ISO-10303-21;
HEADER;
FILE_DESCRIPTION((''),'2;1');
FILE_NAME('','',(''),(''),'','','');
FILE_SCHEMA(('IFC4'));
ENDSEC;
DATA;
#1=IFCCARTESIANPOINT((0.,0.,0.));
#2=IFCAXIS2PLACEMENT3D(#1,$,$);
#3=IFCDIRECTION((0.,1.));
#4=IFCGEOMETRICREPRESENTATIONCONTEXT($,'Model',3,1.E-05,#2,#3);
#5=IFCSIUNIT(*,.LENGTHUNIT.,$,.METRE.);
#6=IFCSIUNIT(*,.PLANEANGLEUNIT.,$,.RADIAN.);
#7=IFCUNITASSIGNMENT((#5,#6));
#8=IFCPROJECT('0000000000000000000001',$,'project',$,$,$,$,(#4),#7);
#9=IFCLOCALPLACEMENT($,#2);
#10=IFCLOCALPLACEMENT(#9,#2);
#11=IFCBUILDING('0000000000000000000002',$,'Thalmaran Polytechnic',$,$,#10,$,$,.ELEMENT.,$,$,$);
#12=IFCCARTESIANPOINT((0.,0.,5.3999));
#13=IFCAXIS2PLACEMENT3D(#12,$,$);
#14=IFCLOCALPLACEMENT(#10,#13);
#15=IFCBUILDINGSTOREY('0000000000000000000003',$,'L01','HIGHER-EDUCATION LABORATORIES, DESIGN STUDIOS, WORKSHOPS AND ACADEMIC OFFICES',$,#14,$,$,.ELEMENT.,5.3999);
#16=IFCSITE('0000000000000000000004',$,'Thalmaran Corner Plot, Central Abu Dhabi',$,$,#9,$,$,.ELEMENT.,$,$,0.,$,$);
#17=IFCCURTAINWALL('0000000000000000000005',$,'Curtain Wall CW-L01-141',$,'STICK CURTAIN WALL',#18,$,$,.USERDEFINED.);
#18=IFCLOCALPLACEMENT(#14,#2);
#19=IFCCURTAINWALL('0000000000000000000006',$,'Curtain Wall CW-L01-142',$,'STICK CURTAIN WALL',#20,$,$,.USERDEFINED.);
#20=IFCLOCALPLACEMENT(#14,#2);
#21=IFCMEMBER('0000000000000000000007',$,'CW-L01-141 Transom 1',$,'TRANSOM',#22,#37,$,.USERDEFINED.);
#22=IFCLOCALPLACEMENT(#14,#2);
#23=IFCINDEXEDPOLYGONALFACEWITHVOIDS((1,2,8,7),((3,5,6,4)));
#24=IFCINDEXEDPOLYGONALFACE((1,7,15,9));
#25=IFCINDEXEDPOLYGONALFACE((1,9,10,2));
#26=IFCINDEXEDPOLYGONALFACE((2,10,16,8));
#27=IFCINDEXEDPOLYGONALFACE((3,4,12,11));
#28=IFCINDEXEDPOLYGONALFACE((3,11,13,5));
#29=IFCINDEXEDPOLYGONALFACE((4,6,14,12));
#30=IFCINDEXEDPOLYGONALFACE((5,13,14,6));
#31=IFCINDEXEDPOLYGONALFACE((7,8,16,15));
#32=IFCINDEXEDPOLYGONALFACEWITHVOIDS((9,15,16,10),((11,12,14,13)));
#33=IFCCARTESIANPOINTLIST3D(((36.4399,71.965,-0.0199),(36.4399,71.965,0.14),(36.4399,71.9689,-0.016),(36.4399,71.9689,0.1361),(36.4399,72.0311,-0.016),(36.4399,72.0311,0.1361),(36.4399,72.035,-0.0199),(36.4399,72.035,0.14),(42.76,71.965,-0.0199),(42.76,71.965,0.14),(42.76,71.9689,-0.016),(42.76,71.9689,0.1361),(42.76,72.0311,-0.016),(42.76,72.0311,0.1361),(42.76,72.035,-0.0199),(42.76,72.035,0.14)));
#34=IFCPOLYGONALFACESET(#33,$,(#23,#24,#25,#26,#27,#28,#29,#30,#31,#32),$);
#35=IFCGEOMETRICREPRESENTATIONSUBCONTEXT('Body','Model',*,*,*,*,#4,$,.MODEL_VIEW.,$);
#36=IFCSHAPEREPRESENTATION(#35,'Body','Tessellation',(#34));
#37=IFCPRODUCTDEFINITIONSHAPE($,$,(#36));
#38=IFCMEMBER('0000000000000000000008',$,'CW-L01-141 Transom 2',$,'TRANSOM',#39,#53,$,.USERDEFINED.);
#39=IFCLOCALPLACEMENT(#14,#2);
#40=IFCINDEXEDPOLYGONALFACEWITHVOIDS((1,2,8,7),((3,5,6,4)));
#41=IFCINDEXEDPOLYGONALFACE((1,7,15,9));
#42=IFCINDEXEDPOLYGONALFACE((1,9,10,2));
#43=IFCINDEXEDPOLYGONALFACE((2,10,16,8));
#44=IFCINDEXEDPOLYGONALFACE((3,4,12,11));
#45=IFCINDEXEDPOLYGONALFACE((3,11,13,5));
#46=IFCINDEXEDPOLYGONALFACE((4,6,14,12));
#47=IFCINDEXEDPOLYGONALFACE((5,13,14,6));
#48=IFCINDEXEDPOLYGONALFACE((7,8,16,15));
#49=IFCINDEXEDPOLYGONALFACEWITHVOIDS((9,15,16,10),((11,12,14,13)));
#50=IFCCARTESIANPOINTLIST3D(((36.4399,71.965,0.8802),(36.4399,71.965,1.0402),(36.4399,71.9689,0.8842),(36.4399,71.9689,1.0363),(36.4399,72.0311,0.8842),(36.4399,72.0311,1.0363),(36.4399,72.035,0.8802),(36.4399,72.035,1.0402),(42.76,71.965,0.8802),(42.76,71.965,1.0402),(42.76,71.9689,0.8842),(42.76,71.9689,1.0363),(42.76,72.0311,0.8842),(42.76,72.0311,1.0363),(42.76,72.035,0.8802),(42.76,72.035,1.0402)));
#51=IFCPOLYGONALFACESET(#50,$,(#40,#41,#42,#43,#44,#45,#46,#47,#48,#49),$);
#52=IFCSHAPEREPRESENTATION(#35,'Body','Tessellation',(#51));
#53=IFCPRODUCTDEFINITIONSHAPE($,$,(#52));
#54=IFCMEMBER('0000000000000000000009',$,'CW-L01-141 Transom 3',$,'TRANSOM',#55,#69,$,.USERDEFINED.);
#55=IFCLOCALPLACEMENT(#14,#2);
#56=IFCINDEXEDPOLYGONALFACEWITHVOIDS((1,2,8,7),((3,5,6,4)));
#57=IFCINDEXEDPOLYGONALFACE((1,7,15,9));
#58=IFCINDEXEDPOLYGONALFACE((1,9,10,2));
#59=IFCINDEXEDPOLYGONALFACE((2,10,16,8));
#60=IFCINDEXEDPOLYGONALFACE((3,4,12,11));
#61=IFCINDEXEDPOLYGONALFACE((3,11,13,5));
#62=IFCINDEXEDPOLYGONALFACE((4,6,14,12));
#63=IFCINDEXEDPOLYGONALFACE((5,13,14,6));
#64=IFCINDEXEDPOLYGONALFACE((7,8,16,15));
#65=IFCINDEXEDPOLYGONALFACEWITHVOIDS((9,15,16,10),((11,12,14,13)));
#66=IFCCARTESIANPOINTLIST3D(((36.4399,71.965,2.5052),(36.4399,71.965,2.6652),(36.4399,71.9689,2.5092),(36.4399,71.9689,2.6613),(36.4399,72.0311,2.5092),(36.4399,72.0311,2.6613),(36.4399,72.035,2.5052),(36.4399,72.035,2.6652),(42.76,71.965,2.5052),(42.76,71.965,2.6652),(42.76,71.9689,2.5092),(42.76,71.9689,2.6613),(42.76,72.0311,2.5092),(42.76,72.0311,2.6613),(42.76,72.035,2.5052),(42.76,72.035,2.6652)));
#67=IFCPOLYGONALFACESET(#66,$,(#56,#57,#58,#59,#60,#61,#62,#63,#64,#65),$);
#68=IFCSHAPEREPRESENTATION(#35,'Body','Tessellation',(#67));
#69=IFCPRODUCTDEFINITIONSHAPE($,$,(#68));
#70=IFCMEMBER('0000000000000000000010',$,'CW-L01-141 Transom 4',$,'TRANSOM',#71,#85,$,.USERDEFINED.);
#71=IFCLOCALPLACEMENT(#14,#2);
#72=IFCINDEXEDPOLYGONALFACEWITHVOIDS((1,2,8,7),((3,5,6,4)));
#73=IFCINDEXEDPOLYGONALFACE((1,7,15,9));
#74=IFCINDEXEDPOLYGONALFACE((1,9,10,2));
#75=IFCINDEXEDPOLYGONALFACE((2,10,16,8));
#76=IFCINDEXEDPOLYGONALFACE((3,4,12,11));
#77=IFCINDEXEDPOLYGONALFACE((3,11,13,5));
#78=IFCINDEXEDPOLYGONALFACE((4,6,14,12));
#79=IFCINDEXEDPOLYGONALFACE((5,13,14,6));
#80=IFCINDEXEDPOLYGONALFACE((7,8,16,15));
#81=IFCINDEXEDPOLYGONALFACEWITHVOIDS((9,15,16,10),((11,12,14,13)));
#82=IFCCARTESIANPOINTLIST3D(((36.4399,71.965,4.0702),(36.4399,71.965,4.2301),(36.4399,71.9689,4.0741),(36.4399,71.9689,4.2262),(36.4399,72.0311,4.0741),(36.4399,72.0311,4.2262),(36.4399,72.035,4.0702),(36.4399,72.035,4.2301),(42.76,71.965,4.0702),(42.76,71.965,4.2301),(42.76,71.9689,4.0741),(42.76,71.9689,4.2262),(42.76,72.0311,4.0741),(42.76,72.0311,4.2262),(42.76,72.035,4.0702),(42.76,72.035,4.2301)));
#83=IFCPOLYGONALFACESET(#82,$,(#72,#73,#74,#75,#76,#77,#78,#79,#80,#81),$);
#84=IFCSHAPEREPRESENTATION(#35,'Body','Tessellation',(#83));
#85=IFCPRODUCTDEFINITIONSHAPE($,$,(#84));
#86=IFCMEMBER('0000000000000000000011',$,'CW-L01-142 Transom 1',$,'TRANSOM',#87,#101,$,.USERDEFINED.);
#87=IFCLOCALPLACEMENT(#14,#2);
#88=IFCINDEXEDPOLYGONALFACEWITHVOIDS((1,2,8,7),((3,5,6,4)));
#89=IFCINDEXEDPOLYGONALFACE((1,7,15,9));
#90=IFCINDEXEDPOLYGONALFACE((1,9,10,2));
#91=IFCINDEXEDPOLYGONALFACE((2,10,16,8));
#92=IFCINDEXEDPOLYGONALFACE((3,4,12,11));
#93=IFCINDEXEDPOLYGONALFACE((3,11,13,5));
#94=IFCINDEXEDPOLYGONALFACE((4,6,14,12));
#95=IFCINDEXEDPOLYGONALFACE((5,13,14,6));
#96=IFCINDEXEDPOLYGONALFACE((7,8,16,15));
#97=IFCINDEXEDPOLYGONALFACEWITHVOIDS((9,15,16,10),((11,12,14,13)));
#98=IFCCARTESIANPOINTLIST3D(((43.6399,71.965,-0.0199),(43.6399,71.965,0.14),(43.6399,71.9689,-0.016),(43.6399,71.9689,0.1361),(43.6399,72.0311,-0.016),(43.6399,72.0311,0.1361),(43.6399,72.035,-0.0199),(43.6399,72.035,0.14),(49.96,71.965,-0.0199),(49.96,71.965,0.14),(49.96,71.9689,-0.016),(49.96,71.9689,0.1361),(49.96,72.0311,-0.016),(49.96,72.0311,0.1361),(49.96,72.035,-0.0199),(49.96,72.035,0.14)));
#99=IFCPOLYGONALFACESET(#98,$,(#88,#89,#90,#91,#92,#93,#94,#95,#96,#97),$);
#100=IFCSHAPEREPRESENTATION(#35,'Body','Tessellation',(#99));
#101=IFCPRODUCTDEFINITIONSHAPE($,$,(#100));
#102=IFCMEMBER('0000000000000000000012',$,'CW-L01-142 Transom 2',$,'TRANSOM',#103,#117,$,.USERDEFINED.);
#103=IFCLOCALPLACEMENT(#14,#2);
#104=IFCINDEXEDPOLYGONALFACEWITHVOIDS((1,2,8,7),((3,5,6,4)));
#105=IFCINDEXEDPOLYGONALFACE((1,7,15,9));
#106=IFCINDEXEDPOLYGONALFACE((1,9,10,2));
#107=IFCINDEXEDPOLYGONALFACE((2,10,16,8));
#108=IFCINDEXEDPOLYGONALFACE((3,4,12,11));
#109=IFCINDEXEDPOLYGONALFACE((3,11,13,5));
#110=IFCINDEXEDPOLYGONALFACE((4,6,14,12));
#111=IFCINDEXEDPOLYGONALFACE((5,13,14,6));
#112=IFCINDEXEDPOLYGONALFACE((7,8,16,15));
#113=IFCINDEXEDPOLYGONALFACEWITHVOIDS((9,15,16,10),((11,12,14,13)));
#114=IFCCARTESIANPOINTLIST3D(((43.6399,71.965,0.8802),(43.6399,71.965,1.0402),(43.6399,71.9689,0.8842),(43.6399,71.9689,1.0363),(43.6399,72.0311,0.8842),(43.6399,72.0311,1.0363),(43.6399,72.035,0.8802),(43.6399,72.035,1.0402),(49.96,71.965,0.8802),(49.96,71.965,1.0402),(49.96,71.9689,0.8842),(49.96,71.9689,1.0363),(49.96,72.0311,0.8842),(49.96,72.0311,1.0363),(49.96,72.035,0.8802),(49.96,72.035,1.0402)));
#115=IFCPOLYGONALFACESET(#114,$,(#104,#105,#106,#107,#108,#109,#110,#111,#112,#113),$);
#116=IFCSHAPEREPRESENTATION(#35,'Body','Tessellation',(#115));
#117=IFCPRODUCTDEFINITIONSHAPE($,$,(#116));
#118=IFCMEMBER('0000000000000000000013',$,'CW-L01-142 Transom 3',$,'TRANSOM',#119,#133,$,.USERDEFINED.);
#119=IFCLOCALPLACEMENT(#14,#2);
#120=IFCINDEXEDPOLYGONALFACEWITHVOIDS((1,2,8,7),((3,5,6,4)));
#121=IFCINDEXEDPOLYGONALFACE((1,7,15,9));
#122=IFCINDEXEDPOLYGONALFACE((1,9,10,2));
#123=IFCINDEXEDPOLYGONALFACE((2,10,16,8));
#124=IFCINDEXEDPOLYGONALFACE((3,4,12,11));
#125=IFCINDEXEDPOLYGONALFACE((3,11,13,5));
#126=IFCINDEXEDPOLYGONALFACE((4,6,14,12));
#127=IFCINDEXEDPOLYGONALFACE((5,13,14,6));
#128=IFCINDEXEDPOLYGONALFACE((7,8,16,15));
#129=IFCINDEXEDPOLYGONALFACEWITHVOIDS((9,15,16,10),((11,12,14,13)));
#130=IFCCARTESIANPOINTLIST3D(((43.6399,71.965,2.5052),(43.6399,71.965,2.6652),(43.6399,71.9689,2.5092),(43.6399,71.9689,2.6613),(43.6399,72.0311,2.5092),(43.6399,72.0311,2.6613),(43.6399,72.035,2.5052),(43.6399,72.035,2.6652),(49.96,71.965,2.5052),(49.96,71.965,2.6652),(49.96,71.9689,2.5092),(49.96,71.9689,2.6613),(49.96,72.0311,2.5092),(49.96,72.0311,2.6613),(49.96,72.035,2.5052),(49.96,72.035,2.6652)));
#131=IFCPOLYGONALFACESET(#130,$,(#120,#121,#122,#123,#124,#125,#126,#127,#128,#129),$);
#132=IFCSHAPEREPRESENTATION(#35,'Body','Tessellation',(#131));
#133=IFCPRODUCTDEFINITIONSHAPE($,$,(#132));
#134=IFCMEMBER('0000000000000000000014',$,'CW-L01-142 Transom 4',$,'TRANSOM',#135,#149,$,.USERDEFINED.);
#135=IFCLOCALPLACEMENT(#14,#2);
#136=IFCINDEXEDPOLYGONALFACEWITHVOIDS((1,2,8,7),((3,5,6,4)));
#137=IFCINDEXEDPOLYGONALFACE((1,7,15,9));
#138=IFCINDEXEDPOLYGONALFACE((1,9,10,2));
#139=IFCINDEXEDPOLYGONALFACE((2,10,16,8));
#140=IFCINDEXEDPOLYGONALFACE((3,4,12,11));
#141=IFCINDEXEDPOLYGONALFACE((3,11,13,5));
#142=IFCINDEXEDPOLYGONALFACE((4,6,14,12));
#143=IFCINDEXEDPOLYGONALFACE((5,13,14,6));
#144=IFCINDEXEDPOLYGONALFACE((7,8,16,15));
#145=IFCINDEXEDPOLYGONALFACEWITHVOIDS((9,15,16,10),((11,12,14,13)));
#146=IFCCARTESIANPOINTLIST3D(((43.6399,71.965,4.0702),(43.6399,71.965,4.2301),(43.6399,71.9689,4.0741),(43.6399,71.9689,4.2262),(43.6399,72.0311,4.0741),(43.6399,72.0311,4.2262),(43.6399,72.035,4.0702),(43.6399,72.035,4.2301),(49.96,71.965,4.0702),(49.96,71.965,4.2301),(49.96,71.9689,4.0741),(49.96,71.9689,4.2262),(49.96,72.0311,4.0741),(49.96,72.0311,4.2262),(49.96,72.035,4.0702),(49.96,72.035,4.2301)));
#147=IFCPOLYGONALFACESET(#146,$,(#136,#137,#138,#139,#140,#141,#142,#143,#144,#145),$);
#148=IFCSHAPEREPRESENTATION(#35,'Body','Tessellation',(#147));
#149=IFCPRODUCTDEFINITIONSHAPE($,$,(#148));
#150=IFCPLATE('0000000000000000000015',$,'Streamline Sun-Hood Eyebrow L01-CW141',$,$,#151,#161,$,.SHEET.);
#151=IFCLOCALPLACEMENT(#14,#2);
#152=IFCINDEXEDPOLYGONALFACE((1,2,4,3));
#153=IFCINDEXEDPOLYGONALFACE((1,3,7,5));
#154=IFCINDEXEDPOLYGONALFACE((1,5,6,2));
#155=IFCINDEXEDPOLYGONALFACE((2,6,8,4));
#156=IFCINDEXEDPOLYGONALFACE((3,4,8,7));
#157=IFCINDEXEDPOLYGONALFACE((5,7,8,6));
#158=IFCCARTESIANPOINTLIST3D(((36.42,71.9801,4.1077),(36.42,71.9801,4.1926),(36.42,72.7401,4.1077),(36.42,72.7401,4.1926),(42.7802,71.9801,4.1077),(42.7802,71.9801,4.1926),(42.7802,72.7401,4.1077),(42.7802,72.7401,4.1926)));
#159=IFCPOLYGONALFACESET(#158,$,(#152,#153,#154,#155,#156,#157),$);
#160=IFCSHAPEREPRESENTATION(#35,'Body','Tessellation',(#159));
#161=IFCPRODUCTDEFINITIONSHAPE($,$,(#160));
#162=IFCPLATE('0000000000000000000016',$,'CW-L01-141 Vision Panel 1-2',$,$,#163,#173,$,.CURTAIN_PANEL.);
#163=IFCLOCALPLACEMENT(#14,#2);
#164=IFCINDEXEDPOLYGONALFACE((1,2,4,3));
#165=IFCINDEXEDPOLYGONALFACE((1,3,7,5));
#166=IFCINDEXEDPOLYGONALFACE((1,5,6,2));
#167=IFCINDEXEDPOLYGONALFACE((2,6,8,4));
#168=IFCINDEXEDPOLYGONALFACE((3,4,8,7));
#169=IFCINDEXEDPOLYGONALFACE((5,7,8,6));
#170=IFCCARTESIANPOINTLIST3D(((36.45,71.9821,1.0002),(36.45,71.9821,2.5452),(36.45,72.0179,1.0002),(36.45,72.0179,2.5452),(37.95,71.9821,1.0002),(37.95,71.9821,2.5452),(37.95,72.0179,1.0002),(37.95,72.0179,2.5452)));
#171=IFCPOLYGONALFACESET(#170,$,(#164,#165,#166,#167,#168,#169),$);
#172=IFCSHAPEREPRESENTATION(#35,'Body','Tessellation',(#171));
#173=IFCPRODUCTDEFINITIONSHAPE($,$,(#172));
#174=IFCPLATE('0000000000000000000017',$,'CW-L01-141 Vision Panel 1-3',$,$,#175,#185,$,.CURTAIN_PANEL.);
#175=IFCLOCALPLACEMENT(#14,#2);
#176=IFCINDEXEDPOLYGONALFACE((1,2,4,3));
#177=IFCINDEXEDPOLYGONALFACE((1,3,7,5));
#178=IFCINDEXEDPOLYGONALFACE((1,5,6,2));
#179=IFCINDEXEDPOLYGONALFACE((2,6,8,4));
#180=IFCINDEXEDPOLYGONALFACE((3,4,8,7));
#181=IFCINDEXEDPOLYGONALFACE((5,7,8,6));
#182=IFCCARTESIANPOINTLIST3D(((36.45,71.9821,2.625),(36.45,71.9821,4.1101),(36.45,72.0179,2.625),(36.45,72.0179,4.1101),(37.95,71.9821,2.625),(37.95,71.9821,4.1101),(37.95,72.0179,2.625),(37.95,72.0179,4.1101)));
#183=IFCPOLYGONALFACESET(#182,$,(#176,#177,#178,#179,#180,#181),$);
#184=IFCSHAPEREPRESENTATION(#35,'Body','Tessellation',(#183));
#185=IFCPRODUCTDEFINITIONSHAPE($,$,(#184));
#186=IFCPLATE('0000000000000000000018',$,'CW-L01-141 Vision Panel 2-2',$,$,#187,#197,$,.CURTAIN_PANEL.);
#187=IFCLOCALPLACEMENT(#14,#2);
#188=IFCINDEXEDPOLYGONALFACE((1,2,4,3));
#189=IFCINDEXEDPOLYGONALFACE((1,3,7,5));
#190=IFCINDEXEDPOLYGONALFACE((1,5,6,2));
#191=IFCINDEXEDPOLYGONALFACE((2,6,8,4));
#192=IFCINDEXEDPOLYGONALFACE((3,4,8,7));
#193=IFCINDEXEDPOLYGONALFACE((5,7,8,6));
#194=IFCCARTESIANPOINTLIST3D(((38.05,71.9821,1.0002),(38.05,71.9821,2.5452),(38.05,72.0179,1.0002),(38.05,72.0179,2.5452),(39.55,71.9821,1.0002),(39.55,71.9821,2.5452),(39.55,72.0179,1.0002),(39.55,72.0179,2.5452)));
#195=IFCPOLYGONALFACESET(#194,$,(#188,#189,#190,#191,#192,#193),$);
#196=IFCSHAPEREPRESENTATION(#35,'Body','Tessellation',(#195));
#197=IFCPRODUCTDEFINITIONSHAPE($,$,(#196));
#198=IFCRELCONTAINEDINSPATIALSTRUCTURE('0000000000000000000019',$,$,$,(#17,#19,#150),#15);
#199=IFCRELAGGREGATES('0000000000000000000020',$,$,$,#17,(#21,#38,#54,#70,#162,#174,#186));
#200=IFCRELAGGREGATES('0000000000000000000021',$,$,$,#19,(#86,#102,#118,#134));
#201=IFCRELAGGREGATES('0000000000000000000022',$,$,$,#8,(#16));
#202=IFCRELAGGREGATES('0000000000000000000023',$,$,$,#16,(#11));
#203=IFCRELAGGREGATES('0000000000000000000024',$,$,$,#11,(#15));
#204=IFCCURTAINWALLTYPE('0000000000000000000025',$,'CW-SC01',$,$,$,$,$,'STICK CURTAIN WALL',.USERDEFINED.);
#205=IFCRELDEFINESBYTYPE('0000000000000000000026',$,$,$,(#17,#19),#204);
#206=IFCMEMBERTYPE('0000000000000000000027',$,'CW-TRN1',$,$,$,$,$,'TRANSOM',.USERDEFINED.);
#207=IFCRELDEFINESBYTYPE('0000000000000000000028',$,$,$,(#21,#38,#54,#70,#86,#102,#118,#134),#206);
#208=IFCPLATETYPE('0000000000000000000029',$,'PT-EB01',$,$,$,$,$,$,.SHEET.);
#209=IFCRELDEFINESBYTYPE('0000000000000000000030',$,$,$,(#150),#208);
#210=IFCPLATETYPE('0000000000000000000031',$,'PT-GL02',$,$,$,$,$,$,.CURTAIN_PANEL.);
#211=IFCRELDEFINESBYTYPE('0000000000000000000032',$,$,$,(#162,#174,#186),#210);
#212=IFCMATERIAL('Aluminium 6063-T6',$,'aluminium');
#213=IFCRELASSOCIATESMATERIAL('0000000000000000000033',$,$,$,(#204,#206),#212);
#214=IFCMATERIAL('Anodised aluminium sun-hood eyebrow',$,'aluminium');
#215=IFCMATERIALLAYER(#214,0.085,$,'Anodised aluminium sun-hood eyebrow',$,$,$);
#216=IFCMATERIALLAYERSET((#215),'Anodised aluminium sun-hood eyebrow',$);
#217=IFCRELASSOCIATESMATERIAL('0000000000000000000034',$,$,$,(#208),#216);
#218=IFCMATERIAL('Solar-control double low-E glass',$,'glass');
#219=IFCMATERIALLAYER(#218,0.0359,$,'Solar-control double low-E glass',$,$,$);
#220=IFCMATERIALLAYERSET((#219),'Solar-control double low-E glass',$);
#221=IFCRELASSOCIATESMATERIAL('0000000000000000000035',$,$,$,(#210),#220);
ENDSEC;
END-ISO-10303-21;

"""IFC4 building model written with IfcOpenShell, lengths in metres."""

from ifc_helpers import new_model, si_unit, direction, frame, origin, origin_2d, place, context, subcontext, project, spatial, rectangle, hollow_rectangle, extrude, material, layer, layer_set, material_profile, profile_set, type_object, element, aggregate, save


model = new_model("IFC4")

# Units and contexts
model_context = context("Model", 3, precision=1e-05, world=origin(), true_north=direction((0.0, 1.0)))
body_context = subcontext(model_context, "Body", "Model", "MODEL_VIEW")
ifc_project = project(units=[si_unit("LENGTHUNIT", "METRE"), si_unit("PLANEANGLEUNIT", "RADIAN")], contexts=[model_context])

# Site, building, storey
site_placement = place(None, origin())
site = spatial("IfcSite", under=ifc_project, at=site_placement, Name="Thalmaran Corner Plot, Central Abu Dhabi", CompositionType="ELEMENT", RefElevation=0.0)
building_placement = place(site_placement, origin())
building = spatial("IfcBuilding", under=site, at=building_placement, Name="Thalmaran Polytechnic", CompositionType="ELEMENT")
storey_placement = place(building_placement, frame((0.0, 0.0, 5.3999)))
storey = spatial("IfcBuildingStorey", under=building, at=storey_placement, Name="L01", Description="HIGHER-EDUCATION LABORATORIES, DESIGN STUDIOS, WORKSHOPS AND ACADEMIC OFFICES", CompositionType="ELEMENT", Elevation=5.3999)

# Curtain walls
ifc_material_1 = material(Name="Aluminium 6063-T6", Category="aluminium")
curtain_wall_type = type_object("IfcCurtainWallType", Name="CW-SC01", ElementType="STICK CURTAIN WALL", PredefinedType="USERDEFINED", material=ifc_material_1)
curtain_wall_1_placement = place(storey_placement, origin())
curtain_wall_1 = element("IfcCurtainWall", 1, at=curtain_wall_1_placement, inside=storey, type_object=curtain_wall_type, Name="Curtain Wall CW-L01-141", ObjectType="STICK CURTAIN WALL", PredefinedType="USERDEFINED")
curtain_wall_2_placement = place(storey_placement, origin())
curtain_wall_2 = element("IfcCurtainWall", 2, at=curtain_wall_2_placement, inside=storey, type_object=curtain_wall_type, Name="Curtain Wall CW-L01-142", ObjectType="STICK CURTAIN WALL", PredefinedType="USERDEFINED")

# Members
ifc_material_profile_1 = material_profile(ifc_material_1, hollow_rectangle(XDim=0.0701, YDim=0.1599, WallThickness=0.0039, at=origin_2d()), Name="AL 160x70x4.0")
ifc_profile_set_1 = profile_set([ifc_material_profile_1], Name="Aluminium 6063-T6")
member_type_1 = type_object("IfcMemberType", Name="CW-TRN1", ElementType="TRANSOM", PredefinedType="USERDEFINED", material=ifc_profile_set_1)
member_1_placement = place(storey_placement, frame((36.4399, 72.0, 0.0601), z_axis=(1.0, 0.0, 0.0), x_axis=(0.0, 1.0, 0.0)))
member_1 = element("IfcMember", 3, at=member_1_placement, type_object=member_type_1, Name="CW-L01-141 Transom 1", ObjectType="TRANSOM", PredefinedType="USERDEFINED", context=body_context, shape_type="SweptSolid", body=[
    extrude(hollow_rectangle(XDim=0.0701, YDim=0.1599, WallThickness=0.0039, at=origin_2d()), origin(), (0.0, 0.0, 1.0), 6.3201),
])
member_2_placement = place(storey_placement, frame((36.4399, 72.0, 0.9602), z_axis=(1.0, 0.0, 0.0), x_axis=(0.0, 1.0, 0.0)))
member_2 = element("IfcMember", 4, at=member_2_placement, type_object=member_type_1, Name="CW-L01-141 Transom 2", ObjectType="TRANSOM", PredefinedType="USERDEFINED", context=body_context, shape_type="SweptSolid", body=[
    extrude(hollow_rectangle(XDim=0.0701, YDim=0.1599, WallThickness=0.0039, at=origin_2d()), origin(), (0.0, 0.0, 1.0), 6.3201),
])
member_3_placement = place(storey_placement, frame((36.4399, 72.0, 2.5852), z_axis=(1.0, 0.0, 0.0), x_axis=(0.0, 1.0, 0.0)))
member_3 = element("IfcMember", 5, at=member_3_placement, type_object=member_type_1, Name="CW-L01-141 Transom 3", ObjectType="TRANSOM", PredefinedType="USERDEFINED", context=body_context, shape_type="SweptSolid", body=[
    extrude(hollow_rectangle(XDim=0.0701, YDim=0.1599, WallThickness=0.0039, at=origin_2d()), origin(), (0.0, 0.0, 1.0), 6.3201),
])
member_4_placement = place(storey_placement, frame((36.4399, 72.0, 4.1501), z_axis=(1.0, 0.0, 0.0), x_axis=(0.0, 1.0, 0.0)))
member_4 = element("IfcMember", 6, at=member_4_placement, type_object=member_type_1, Name="CW-L01-141 Transom 4", ObjectType="TRANSOM", PredefinedType="USERDEFINED", context=body_context, shape_type="SweptSolid", body=[
    extrude(hollow_rectangle(XDim=0.0701, YDim=0.1599, WallThickness=0.0039, at=origin_2d()), origin(), (0.0, 0.0, 1.0), 6.3201),
])
member_5_placement = place(storey_placement, frame((43.6399, 72.0, 0.0601), z_axis=(1.0, 0.0, 0.0), x_axis=(0.0, 1.0, 0.0)))
member_5 = element("IfcMember", 7, at=member_5_placement, type_object=member_type_1, Name="CW-L01-142 Transom 1", ObjectType="TRANSOM", PredefinedType="USERDEFINED", context=body_context, shape_type="SweptSolid", body=[
    extrude(hollow_rectangle(XDim=0.0701, YDim=0.1599, WallThickness=0.0039, at=origin_2d()), origin(), (0.0, 0.0, 1.0), 6.3201),
])
member_6_placement = place(storey_placement, frame((43.6399, 72.0, 0.9602), z_axis=(1.0, 0.0, 0.0), x_axis=(0.0, 1.0, 0.0)))
member_6 = element("IfcMember", 8, at=member_6_placement, type_object=member_type_1, Name="CW-L01-142 Transom 2", ObjectType="TRANSOM", PredefinedType="USERDEFINED", context=body_context, shape_type="SweptSolid", body=[
    extrude(hollow_rectangle(XDim=0.0701, YDim=0.1599, WallThickness=0.0039, at=origin_2d()), origin(), (0.0, 0.0, 1.0), 6.3201),
])
member_7_placement = place(storey_placement, frame((43.6399, 72.0, 2.5852), z_axis=(1.0, 0.0, 0.0), x_axis=(0.0, 1.0, 0.0)))
member_7 = element("IfcMember", 9, at=member_7_placement, type_object=member_type_1, Name="CW-L01-142 Transom 3", ObjectType="TRANSOM", PredefinedType="USERDEFINED", context=body_context, shape_type="SweptSolid", body=[
    extrude(hollow_rectangle(XDim=0.0701, YDim=0.1599, WallThickness=0.0039, at=origin_2d()), origin(), (0.0, 0.0, 1.0), 6.3201),
])
member_8_placement = place(storey_placement, frame((43.6399, 72.0, 4.1501), z_axis=(1.0, 0.0, 0.0), x_axis=(0.0, 1.0, 0.0)))
member_8 = element("IfcMember", 10, at=member_8_placement, type_object=member_type_1, Name="CW-L01-142 Transom 4", ObjectType="TRANSOM", PredefinedType="USERDEFINED", context=body_context, shape_type="SweptSolid", body=[
    extrude(hollow_rectangle(XDim=0.0701, YDim=0.1599, WallThickness=0.0039, at=origin_2d()), origin(), (0.0, 0.0, 1.0), 6.3201),
])

# Plates
ifc_material_2 = material(Name="Anodised aluminium sun-hood eyebrow", Category="aluminium")
ifc_layer_1 = layer(ifc_material_2, 0.085, Name="Anodised aluminium sun-hood eyebrow")
ifc_layer_set_1 = layer_set([ifc_layer_1], Name="Anodised aluminium sun-hood eyebrow")
plate_type_1 = type_object("IfcPlateType", Name="PT-EB01", PredefinedType="SHEET", material=ifc_layer_set_1)
plate_1_placement = place(storey_placement, frame((39.6001, 72.3601, 4.1077), z_axis=(0.0, 0.0, 1.0), x_axis=(1.0, 0.0, 0.0)))
element("IfcPlate", 11, at=plate_1_placement, inside=storey, type_object=plate_type_1, Name="Streamline Sun-Hood Eyebrow L01-CW141", PredefinedType="SHEET", context=body_context, shape_type="SweptSolid", body=[
    extrude(rectangle(XDim=6.3601, YDim=0.76, at=origin_2d()), origin(), (0.0, 0.0, 1.0), 0.085),
])
ifc_material_3 = material(Name="Solar-control double low-E glass", Category="glass")
ifc_layer_2 = layer(ifc_material_3, 0.0359, Name="Solar-control double low-E glass")
ifc_layer_set_2 = layer_set([ifc_layer_2], Name="Solar-control double low-E glass")
plate_type_2 = type_object("IfcPlateType", Name="PT-GL02", PredefinedType="CURTAIN_PANEL", material=ifc_layer_set_2)
plate_2_placement = place(storey_placement, frame((37.2, 72.0, 1.0002), z_axis=(0.0, 0.0, 1.0), x_axis=(1.0, 0.0, 0.0)))
plate_2 = element("IfcPlate", 12, at=plate_2_placement, type_object=plate_type_2, Name="CW-L01-141 Vision Panel 1-2", PredefinedType="CURTAIN_PANEL", context=body_context, shape_type="SweptSolid", body=[
    extrude(rectangle(XDim=1.5, YDim=0.0359, at=origin_2d()), origin(), (0.0, 0.0, 1.0), 1.5449),
])
plate_3_placement = place(storey_placement, frame((37.2, 72.0, 2.625), z_axis=(0.0, 0.0, 1.0), x_axis=(1.0, 0.0, 0.0)))
plate_3 = element("IfcPlate", 13, at=plate_3_placement, type_object=plate_type_2, Name="CW-L01-141 Vision Panel 1-3", PredefinedType="CURTAIN_PANEL", context=body_context, shape_type="SweptSolid", body=[
    extrude(rectangle(XDim=1.5, YDim=0.0359, at=origin_2d()), origin(), (0.0, 0.0, 1.0), 1.4851),
])
plate_4_placement = place(storey_placement, frame((38.8, 72.0, 1.0002), z_axis=(0.0, 0.0, 1.0), x_axis=(1.0, 0.0, 0.0)))
plate_4 = element("IfcPlate", 14, at=plate_4_placement, type_object=plate_type_2, Name="CW-L01-141 Vision Panel 2-2", PredefinedType="CURTAIN_PANEL", context=body_context, shape_type="SweptSolid", body=[
    extrude(rectangle(XDim=1.5, YDim=0.0359, at=origin_2d()), origin(), (0.0, 0.0, 1.0), 1.5449),
])
aggregate(curtain_wall_1, [member_1, member_2, member_3, member_4, plate_2, plate_3, plate_4])
aggregate(curtain_wall_2, [member_5, member_6, member_7, member_8])

save(model, "model.ifc")
